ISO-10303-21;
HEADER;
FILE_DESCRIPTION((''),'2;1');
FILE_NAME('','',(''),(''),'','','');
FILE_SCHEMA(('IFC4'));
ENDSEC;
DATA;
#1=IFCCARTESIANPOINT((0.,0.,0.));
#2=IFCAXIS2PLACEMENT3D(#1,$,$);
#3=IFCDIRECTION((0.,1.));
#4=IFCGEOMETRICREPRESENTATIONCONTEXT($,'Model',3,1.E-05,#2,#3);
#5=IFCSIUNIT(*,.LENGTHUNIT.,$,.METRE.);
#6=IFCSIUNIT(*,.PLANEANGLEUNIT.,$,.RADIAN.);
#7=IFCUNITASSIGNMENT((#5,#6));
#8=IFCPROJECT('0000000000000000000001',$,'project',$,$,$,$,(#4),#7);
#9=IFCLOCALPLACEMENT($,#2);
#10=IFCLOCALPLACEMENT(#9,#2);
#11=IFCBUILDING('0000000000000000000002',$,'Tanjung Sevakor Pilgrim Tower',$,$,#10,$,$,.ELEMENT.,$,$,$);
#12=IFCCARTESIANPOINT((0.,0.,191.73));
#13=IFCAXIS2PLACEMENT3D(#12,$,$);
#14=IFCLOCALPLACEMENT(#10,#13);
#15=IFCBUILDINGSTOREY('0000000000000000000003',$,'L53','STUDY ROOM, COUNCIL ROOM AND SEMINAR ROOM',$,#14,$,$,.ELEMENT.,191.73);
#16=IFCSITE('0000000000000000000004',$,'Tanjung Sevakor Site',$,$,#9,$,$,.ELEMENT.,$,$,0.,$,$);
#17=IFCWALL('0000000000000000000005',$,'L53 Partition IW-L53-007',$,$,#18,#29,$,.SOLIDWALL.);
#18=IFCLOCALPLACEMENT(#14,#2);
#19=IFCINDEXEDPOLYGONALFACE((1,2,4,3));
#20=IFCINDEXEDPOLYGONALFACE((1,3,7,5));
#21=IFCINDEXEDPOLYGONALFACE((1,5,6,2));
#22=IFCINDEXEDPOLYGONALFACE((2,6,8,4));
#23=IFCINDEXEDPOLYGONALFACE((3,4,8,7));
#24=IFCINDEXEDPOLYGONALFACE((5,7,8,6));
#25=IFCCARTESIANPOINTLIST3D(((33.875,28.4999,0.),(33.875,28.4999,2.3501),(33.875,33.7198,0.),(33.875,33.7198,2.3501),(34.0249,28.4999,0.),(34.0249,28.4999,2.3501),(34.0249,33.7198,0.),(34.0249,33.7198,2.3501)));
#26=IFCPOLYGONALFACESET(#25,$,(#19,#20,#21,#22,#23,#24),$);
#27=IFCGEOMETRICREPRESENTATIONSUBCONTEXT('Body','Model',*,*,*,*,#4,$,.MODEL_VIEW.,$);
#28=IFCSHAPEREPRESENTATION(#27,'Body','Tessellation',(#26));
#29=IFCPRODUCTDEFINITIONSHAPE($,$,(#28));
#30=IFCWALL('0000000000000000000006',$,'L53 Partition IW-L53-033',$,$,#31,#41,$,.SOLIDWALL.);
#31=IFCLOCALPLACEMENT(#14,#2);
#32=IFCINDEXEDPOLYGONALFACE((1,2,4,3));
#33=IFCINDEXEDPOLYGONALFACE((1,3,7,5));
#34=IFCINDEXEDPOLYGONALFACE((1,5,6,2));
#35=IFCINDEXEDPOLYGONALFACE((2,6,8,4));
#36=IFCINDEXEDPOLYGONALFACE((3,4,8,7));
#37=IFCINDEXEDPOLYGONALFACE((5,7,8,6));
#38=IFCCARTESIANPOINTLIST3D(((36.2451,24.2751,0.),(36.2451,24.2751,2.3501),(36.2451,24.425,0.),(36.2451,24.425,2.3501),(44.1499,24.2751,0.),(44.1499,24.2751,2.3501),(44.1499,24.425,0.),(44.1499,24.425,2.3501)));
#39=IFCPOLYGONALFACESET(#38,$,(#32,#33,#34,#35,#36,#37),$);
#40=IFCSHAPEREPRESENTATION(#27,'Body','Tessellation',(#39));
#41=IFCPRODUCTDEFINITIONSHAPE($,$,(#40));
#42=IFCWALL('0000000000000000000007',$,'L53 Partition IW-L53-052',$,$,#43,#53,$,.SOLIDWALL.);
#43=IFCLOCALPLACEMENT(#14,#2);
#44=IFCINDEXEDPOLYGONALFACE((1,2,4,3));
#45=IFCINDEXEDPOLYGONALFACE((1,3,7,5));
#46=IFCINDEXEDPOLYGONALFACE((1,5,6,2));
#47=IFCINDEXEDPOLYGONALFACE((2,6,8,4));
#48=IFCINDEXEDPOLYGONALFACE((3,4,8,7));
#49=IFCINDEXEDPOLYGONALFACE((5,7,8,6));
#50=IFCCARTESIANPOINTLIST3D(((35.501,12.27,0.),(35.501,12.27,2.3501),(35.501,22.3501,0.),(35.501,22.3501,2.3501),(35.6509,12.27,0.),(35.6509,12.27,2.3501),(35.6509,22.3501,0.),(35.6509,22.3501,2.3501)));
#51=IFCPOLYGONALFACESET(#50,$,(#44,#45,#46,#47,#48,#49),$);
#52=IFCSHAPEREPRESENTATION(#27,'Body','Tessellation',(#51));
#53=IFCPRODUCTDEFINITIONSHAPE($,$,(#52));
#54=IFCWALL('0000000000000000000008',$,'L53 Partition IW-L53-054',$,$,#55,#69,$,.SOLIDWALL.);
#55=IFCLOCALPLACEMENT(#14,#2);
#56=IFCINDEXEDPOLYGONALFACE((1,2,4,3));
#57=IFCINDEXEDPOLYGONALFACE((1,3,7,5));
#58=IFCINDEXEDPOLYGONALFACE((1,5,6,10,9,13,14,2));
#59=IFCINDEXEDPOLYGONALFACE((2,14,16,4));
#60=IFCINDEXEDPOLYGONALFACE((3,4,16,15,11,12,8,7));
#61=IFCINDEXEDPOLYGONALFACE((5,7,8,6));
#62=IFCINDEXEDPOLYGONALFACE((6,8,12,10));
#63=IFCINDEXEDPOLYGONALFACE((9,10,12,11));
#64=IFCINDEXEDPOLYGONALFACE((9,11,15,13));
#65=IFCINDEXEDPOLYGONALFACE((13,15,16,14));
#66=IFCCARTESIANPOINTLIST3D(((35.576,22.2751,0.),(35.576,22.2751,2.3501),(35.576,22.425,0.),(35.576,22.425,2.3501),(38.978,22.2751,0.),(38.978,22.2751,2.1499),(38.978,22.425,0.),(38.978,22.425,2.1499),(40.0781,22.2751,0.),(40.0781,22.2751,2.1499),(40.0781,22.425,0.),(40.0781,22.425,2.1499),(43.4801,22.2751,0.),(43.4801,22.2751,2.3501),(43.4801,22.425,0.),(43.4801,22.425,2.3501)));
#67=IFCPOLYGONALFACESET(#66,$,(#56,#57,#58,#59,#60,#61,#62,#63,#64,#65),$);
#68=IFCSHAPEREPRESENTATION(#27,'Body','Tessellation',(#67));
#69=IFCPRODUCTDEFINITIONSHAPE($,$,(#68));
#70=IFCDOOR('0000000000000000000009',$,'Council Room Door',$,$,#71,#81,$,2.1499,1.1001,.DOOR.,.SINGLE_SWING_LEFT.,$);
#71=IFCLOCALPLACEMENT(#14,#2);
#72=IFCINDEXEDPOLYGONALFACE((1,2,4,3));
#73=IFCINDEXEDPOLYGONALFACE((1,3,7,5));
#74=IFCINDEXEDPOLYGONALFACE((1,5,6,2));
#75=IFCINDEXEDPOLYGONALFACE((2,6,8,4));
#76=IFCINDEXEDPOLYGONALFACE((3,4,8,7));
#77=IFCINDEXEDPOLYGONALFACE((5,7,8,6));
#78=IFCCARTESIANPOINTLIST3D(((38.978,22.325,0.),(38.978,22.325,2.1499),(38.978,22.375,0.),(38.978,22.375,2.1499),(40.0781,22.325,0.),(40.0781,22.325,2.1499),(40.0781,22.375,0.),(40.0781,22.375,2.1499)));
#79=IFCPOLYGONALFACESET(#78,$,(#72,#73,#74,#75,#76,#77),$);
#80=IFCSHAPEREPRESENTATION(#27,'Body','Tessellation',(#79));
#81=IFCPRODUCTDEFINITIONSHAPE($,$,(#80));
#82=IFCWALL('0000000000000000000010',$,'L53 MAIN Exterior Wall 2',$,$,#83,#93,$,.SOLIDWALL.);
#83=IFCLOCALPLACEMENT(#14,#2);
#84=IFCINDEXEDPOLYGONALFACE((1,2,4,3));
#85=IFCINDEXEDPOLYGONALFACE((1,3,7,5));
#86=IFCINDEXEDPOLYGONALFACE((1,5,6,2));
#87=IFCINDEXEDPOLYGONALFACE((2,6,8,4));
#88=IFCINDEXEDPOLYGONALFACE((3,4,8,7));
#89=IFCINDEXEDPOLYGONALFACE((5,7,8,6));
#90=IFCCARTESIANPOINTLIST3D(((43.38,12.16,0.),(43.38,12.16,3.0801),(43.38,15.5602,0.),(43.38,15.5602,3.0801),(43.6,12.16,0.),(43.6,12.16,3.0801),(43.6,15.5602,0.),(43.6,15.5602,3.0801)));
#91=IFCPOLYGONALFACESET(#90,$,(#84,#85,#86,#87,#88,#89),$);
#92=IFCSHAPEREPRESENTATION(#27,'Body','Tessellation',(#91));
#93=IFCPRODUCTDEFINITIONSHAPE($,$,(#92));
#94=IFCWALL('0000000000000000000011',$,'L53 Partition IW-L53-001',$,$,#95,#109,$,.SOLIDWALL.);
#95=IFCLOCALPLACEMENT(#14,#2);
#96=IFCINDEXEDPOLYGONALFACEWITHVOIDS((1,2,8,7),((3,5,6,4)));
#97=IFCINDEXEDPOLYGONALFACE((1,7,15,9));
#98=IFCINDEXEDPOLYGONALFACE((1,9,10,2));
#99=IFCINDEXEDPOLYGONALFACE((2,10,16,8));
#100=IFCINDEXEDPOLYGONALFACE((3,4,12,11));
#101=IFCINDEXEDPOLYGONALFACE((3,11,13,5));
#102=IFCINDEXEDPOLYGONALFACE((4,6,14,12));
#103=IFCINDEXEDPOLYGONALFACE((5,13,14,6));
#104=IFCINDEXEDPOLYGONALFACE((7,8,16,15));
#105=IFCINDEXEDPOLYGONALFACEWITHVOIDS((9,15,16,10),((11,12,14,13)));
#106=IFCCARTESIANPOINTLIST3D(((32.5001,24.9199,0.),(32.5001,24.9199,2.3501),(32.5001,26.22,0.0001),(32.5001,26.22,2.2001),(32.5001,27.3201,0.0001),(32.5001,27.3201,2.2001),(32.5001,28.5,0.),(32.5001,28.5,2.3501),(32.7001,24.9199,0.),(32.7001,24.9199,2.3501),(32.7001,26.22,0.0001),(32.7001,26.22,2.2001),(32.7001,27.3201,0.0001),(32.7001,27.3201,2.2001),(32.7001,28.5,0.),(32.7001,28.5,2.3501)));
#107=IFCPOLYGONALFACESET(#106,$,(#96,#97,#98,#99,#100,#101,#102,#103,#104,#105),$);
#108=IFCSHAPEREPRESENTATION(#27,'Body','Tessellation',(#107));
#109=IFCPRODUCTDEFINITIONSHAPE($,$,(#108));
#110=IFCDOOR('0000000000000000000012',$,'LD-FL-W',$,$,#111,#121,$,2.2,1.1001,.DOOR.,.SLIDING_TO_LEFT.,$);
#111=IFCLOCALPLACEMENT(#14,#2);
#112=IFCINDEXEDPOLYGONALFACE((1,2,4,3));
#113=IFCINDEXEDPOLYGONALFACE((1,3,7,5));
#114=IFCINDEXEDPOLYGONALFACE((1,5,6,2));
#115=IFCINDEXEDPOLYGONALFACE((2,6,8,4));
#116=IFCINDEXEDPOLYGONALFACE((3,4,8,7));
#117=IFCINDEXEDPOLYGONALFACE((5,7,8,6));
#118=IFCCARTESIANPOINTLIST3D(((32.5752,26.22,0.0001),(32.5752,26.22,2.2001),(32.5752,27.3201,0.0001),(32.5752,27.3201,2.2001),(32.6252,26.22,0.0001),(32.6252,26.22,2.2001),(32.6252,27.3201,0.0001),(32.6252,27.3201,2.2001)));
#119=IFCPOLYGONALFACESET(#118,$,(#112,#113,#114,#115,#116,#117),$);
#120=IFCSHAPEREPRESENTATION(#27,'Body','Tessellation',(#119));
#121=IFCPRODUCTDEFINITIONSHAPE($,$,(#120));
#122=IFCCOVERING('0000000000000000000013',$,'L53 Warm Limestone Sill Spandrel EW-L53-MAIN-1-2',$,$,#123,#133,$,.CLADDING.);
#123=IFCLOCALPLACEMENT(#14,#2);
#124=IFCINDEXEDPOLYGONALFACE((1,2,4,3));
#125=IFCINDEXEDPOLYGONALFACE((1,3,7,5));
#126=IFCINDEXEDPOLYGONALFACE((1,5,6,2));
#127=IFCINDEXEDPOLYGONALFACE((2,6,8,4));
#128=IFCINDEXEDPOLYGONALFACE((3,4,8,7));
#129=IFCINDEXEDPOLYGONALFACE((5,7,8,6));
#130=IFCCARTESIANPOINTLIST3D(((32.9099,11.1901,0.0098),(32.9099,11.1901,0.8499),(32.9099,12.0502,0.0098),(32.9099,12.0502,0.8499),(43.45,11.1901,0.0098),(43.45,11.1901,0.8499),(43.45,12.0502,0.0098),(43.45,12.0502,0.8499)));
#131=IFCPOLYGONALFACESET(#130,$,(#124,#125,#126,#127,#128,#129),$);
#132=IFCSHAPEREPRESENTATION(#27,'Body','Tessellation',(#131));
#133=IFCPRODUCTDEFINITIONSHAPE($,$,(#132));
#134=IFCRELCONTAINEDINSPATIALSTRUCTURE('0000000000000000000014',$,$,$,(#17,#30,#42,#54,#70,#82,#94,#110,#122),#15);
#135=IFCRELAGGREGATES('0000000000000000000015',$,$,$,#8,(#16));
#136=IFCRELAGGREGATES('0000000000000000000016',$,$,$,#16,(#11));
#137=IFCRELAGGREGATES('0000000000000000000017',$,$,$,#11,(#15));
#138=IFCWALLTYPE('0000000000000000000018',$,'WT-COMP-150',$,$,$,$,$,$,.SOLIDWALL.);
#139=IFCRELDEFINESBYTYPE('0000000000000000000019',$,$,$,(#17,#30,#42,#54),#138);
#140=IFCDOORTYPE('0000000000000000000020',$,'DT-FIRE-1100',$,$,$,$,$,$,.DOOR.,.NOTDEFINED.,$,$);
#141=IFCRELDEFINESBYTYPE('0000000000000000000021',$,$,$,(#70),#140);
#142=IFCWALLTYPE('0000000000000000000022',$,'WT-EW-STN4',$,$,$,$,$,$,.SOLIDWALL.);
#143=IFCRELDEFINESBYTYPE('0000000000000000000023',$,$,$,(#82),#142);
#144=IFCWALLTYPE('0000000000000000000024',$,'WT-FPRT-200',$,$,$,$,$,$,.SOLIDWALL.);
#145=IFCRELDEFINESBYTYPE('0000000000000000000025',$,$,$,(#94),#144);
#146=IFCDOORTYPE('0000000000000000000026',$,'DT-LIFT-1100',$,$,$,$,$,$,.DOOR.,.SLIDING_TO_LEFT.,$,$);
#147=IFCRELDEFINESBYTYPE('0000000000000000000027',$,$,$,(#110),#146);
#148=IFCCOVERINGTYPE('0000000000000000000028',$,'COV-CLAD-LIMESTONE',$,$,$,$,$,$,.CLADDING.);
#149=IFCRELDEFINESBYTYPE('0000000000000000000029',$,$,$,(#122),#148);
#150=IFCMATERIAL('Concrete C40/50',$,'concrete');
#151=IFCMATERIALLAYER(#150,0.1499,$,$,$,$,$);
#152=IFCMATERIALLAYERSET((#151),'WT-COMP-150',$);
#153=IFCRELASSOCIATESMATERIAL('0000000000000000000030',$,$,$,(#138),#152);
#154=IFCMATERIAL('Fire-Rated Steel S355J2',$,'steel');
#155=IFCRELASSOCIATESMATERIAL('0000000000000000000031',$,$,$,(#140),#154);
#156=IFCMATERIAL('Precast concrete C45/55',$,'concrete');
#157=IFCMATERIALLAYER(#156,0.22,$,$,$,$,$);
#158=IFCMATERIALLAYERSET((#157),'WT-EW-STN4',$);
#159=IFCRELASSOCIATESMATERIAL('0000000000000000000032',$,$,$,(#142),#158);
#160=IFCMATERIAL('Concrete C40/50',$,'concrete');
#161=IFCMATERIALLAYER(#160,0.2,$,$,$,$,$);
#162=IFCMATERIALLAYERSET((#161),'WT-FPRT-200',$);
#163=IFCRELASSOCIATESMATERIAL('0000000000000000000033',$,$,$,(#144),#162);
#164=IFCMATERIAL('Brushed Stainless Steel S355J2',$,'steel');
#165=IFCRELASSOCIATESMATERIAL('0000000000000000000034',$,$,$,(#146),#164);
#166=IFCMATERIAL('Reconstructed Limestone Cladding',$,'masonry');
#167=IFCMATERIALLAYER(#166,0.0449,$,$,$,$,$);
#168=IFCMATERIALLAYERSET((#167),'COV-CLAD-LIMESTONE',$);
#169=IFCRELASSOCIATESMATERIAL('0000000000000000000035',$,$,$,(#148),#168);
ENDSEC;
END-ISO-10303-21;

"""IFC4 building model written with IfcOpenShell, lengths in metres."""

from ifc_helpers import new_model, si_unit, direction, frame, frame_2d, origin, origin_2d, place, context, subcontext, project, spatial, rectangle, extrude, material, layer, layer_set, type_object, element, fill, save


model = new_model("IFC4")

# Units and contexts
model_context = context("Model", 3, precision=1e-05, world=origin(), true_north=direction((0.0, 1.0)))
body_context = subcontext(model_context, "Body", "Model", "MODEL_VIEW")
ifc_project = project(units=[si_unit("LENGTHUNIT", "METRE"), si_unit("PLANEANGLEUNIT", "RADIAN")], contexts=[model_context])

# Site, building, storey
site_placement = place(None, origin())
site = spatial("IfcSite", under=ifc_project, at=site_placement, Name="Tanjung Sevakor Site", CompositionType="ELEMENT", RefElevation=0.0)
building_placement = place(site_placement, origin())
building = spatial("IfcBuilding", under=site, at=building_placement, Name="Tanjung Sevakor Pilgrim Tower", CompositionType="ELEMENT")
storey_placement = place(building_placement, frame((0.0, 0.0, 191.73)))
storey = spatial("IfcBuildingStorey", under=building, at=storey_placement, Name="L53", Description="STUDY ROOM, COUNCIL ROOM AND SEMINAR ROOM", CompositionType="ELEMENT", Elevation=191.73)

# Shared definitions
ifc_material_1 = material(Name="Concrete C40/50", Category="concrete")
ifc_layer_1 = layer(ifc_material_1, 0.1499)
ifc_layer_set_1 = layer_set([ifc_layer_1], Name="WT-COMP-150")
wall_type_1 = type_object("IfcWallType", Name="WT-COMP-150", PredefinedType="SOLIDWALL", material=ifc_layer_set_1)

# Wall
wall_1_placement = place(storey_placement, frame((33.95, 28.5, 0.0), z_axis=(0.0, 0.0, 1.0), x_axis=(0.0, 1.0, 0.0)))
element("IfcWall", 1, at=wall_1_placement, inside=storey, type_object=wall_type_1, Name="L53 Partition IW-L53-007", PredefinedType="SOLIDWALL", context=body_context, shape_type="SweptSolid", body=[
    extrude(rectangle(XDim=5.22, YDim=0.1499, at=frame_2d((2.6099, 0.0))), origin(), (0.0, 0.0, 1.0), 2.3501),
])

# Walls
wall_2_placement = place(storey_placement, frame((36.2451, 24.3501, 0.0), z_axis=(0.0, 0.0, 1.0), x_axis=(1.0, 0.0, 0.0)))
element("IfcWall", 2, at=wall_2_placement, inside=storey, type_object=wall_type_1, Name="L53 Partition IW-L53-033", PredefinedType="SOLIDWALL", context=body_context, shape_type="SweptSolid", body=[
    extrude(rectangle(XDim=7.9048, YDim=0.1499, at=frame_2d((3.9524, 0.0))), origin(), (0.0, 0.0, 1.0), 2.3501),
])
wall_3_placement = place(storey_placement, frame((35.5759, 12.27, 0.0), z_axis=(0.0, 0.0, 1.0), x_axis=(0.0, 1.0, 0.0)))
element("IfcWall", 3, at=wall_3_placement, inside=storey, type_object=wall_type_1, Name="L53 Partition IW-L53-052", PredefinedType="SOLIDWALL", context=body_context, shape_type="SweptSolid", body=[
    extrude(rectangle(XDim=10.0801, YDim=0.1499, at=frame_2d((5.04, 0.0))), origin(), (0.0, 0.0, 1.0), 2.3501),
])

# Wall, opening, door
wall_4_placement = place(storey_placement, frame((35.5759, 22.3501, 0.0), z_axis=(0.0, 0.0, 1.0), x_axis=(1.0, 0.0, 0.0)))
wall_4 = element("IfcWall", 4, at=wall_4_placement, inside=storey, type_object=wall_type_1, Name="L53 Partition IW-L53-054", PredefinedType="SOLIDWALL", context=body_context, shape_type="SweptSolid", body=[
    extrude(rectangle(XDim=7.9041, YDim=0.1499, at=frame_2d((3.9521, 0.0))), origin(), (0.0, 0.0, 1.0), 2.3501),
])
opening_1_placement = place(wall_4_placement, frame((3.4021, 0.0, 0.0)))
opening_1 = element("IfcOpeningElement", 5, at=opening_1_placement, cuts=wall_4, PredefinedType="OPENING", context=body_context, shape_type="SweptSolid", body=[
    extrude(rectangle(XDim=1.1001, YDim=2.1499, at=frame_2d((0.55, 1.075))), frame((0.0, 0.085, 0.0), z_axis=(0.0, -1.0, 0.0), x_axis=(1.0, 0.0, 0.0)), (0.0, 0.0, 1.0), 0.1699),
])
ifc_material_2 = material(Name="Fire-Rated Steel S355J2", Category="steel")
door_type_1 = type_object("IfcDoorType", Name="DT-FIRE-1100", OperationType="NOTDEFINED", PredefinedType="DOOR", material=ifc_material_2)
door_1_placement = place(opening_1_placement, origin())
door_1 = element("IfcDoor", 6, at=door_1_placement, inside=storey, type_object=door_type_1, Name="Council Room Door", OperationType="SINGLE_SWING_LEFT", OverallHeight=2.1499, OverallWidth=1.1001, PredefinedType="DOOR", context=body_context, shape_type="SweptSolid", body=[
    extrude(rectangle(XDim=1.1001, YDim=2.1499, at=frame_2d((0.55, 1.075))), frame((0.0, 0.0249, 0.0), z_axis=(0.0, -1.0, 0.0), x_axis=(1.0, 0.0, 0.0)), (0.0, 0.0, 1.0), 0.05),
])
fill(opening_1, door_1)

# Wall
ifc_material_3 = material(Name="Precast concrete C45/55", Category="concrete")
ifc_layer_2 = layer(ifc_material_3, 0.22)
ifc_layer_set_2 = layer_set([ifc_layer_2], Name="WT-EW-STN4")
wall_type_2 = type_object("IfcWallType", Name="WT-EW-STN4", PredefinedType="SOLIDWALL", material=ifc_layer_set_2)
wall_5_placement = place(storey_placement, frame((43.49, 12.1599, 0.0), z_axis=(0.0, 0.0, 1.0), x_axis=(0.0, 1.0, 0.0)))
element("IfcWall", 7, at=wall_5_placement, inside=storey, type_object=wall_type_2, Name="L53 MAIN Exterior Wall 2", PredefinedType="SOLIDWALL", context=body_context, shape_type="SweptSolid", body=[
    extrude(rectangle(XDim=3.4001, YDim=0.22, at=frame_2d((1.7002, 0.0))), origin(), (0.0, 0.0, 1.0), 3.0801),
])

# Wall, opening, door
ifc_material_4 = material(Name="Concrete C40/50", Category="concrete")
ifc_layer_3 = layer(ifc_material_4, 0.2)
ifc_layer_set_3 = layer_set([ifc_layer_3], Name="WT-FPRT-200")
wall_type_3 = type_object("IfcWallType", Name="WT-FPRT-200", PredefinedType="SOLIDWALL", material=ifc_layer_set_3)
wall_6_placement = place(storey_placement, frame((32.6001, 24.9199, 0.0), z_axis=(0.0, 0.0, 1.0), x_axis=(0.0, 1.0, 0.0)))
wall_6 = element("IfcWall", 8, at=wall_6_placement, inside=storey, type_object=wall_type_3, Name="L53 Partition IW-L53-001", PredefinedType="SOLIDWALL", context=body_context, shape_type="SweptSolid", body=[
    extrude(rectangle(XDim=3.5801, YDim=0.2, at=frame_2d((1.79, 0.0))), origin(), (0.0, 0.0, 1.0), 2.3501),
])
opening_2_placement = place(wall_6_placement, frame((1.3, 0.0, 0.0)))
opening_2 = element("IfcOpeningElement", 9, at=opening_2_placement, cuts=wall_6, PredefinedType="OPENING", context=body_context, shape_type="SweptSolid", body=[
    extrude(rectangle(XDim=1.1001, YDim=2.2, at=frame_2d((0.55, 1.1001))), frame((0.0, 0.1099, 0.0), z_axis=(0.0, -1.0, 0.0), x_axis=(1.0, 0.0, 0.0)), (0.0, 0.0, 1.0), 0.22),
])
ifc_material_5 = material(Name="Brushed Stainless Steel S355J2", Category="steel")
door_type_2 = type_object("IfcDoorType", Name="DT-LIFT-1100", OperationType="SLIDING_TO_LEFT", PredefinedType="DOOR", material=ifc_material_5)
door_2_placement = place(opening_2_placement, origin())
door_2 = element("IfcDoor", 10, at=door_2_placement, inside=storey, type_object=door_type_2, Name="LD-FL-W", OperationType="SLIDING_TO_LEFT", OverallHeight=2.2, OverallWidth=1.1001, PredefinedType="DOOR", context=body_context, shape_type="SweptSolid", body=[
    extrude(rectangle(XDim=1.1001, YDim=2.2, at=frame_2d((0.55, 1.1001))), frame((0.0, 0.0249, 0.0), z_axis=(0.0, -1.0, 0.0), x_axis=(1.0, 0.0, 0.0)), (0.0, 0.0, 1.0), 0.05),
])
fill(opening_2, door_2)

# Covering
ifc_material_6 = material(Name="Reconstructed Limestone Cladding", Category="masonry")
ifc_layer_4 = layer(ifc_material_6, 0.0449)
ifc_layer_set_4 = layer_set([ifc_layer_4], Name="COV-CLAD-LIMESTONE")
covering_type = type_object("IfcCoveringType", Name="COV-CLAD-LIMESTONE", PredefinedType="CLADDING", material=ifc_layer_set_4)
covering_placement = place(storey_placement, frame((38.1799, 11.6201, 0.0098), z_axis=(0.0, 0.0, 1.0), x_axis=(1.0, 0.0, 0.0)))
element("IfcCovering", 11, at=covering_placement, inside=storey, type_object=covering_type, Name="L53 Warm Limestone Sill Spandrel EW-L53-MAIN-1-2", PredefinedType="CLADDING", context=body_context, shape_type="SweptSolid", body=[
    extrude(rectangle(XDim=10.54, YDim=0.8601, at=origin_2d()), origin(), (0.0, 0.0, 1.0), 0.8401),
])

save(model, "model.ifc")
